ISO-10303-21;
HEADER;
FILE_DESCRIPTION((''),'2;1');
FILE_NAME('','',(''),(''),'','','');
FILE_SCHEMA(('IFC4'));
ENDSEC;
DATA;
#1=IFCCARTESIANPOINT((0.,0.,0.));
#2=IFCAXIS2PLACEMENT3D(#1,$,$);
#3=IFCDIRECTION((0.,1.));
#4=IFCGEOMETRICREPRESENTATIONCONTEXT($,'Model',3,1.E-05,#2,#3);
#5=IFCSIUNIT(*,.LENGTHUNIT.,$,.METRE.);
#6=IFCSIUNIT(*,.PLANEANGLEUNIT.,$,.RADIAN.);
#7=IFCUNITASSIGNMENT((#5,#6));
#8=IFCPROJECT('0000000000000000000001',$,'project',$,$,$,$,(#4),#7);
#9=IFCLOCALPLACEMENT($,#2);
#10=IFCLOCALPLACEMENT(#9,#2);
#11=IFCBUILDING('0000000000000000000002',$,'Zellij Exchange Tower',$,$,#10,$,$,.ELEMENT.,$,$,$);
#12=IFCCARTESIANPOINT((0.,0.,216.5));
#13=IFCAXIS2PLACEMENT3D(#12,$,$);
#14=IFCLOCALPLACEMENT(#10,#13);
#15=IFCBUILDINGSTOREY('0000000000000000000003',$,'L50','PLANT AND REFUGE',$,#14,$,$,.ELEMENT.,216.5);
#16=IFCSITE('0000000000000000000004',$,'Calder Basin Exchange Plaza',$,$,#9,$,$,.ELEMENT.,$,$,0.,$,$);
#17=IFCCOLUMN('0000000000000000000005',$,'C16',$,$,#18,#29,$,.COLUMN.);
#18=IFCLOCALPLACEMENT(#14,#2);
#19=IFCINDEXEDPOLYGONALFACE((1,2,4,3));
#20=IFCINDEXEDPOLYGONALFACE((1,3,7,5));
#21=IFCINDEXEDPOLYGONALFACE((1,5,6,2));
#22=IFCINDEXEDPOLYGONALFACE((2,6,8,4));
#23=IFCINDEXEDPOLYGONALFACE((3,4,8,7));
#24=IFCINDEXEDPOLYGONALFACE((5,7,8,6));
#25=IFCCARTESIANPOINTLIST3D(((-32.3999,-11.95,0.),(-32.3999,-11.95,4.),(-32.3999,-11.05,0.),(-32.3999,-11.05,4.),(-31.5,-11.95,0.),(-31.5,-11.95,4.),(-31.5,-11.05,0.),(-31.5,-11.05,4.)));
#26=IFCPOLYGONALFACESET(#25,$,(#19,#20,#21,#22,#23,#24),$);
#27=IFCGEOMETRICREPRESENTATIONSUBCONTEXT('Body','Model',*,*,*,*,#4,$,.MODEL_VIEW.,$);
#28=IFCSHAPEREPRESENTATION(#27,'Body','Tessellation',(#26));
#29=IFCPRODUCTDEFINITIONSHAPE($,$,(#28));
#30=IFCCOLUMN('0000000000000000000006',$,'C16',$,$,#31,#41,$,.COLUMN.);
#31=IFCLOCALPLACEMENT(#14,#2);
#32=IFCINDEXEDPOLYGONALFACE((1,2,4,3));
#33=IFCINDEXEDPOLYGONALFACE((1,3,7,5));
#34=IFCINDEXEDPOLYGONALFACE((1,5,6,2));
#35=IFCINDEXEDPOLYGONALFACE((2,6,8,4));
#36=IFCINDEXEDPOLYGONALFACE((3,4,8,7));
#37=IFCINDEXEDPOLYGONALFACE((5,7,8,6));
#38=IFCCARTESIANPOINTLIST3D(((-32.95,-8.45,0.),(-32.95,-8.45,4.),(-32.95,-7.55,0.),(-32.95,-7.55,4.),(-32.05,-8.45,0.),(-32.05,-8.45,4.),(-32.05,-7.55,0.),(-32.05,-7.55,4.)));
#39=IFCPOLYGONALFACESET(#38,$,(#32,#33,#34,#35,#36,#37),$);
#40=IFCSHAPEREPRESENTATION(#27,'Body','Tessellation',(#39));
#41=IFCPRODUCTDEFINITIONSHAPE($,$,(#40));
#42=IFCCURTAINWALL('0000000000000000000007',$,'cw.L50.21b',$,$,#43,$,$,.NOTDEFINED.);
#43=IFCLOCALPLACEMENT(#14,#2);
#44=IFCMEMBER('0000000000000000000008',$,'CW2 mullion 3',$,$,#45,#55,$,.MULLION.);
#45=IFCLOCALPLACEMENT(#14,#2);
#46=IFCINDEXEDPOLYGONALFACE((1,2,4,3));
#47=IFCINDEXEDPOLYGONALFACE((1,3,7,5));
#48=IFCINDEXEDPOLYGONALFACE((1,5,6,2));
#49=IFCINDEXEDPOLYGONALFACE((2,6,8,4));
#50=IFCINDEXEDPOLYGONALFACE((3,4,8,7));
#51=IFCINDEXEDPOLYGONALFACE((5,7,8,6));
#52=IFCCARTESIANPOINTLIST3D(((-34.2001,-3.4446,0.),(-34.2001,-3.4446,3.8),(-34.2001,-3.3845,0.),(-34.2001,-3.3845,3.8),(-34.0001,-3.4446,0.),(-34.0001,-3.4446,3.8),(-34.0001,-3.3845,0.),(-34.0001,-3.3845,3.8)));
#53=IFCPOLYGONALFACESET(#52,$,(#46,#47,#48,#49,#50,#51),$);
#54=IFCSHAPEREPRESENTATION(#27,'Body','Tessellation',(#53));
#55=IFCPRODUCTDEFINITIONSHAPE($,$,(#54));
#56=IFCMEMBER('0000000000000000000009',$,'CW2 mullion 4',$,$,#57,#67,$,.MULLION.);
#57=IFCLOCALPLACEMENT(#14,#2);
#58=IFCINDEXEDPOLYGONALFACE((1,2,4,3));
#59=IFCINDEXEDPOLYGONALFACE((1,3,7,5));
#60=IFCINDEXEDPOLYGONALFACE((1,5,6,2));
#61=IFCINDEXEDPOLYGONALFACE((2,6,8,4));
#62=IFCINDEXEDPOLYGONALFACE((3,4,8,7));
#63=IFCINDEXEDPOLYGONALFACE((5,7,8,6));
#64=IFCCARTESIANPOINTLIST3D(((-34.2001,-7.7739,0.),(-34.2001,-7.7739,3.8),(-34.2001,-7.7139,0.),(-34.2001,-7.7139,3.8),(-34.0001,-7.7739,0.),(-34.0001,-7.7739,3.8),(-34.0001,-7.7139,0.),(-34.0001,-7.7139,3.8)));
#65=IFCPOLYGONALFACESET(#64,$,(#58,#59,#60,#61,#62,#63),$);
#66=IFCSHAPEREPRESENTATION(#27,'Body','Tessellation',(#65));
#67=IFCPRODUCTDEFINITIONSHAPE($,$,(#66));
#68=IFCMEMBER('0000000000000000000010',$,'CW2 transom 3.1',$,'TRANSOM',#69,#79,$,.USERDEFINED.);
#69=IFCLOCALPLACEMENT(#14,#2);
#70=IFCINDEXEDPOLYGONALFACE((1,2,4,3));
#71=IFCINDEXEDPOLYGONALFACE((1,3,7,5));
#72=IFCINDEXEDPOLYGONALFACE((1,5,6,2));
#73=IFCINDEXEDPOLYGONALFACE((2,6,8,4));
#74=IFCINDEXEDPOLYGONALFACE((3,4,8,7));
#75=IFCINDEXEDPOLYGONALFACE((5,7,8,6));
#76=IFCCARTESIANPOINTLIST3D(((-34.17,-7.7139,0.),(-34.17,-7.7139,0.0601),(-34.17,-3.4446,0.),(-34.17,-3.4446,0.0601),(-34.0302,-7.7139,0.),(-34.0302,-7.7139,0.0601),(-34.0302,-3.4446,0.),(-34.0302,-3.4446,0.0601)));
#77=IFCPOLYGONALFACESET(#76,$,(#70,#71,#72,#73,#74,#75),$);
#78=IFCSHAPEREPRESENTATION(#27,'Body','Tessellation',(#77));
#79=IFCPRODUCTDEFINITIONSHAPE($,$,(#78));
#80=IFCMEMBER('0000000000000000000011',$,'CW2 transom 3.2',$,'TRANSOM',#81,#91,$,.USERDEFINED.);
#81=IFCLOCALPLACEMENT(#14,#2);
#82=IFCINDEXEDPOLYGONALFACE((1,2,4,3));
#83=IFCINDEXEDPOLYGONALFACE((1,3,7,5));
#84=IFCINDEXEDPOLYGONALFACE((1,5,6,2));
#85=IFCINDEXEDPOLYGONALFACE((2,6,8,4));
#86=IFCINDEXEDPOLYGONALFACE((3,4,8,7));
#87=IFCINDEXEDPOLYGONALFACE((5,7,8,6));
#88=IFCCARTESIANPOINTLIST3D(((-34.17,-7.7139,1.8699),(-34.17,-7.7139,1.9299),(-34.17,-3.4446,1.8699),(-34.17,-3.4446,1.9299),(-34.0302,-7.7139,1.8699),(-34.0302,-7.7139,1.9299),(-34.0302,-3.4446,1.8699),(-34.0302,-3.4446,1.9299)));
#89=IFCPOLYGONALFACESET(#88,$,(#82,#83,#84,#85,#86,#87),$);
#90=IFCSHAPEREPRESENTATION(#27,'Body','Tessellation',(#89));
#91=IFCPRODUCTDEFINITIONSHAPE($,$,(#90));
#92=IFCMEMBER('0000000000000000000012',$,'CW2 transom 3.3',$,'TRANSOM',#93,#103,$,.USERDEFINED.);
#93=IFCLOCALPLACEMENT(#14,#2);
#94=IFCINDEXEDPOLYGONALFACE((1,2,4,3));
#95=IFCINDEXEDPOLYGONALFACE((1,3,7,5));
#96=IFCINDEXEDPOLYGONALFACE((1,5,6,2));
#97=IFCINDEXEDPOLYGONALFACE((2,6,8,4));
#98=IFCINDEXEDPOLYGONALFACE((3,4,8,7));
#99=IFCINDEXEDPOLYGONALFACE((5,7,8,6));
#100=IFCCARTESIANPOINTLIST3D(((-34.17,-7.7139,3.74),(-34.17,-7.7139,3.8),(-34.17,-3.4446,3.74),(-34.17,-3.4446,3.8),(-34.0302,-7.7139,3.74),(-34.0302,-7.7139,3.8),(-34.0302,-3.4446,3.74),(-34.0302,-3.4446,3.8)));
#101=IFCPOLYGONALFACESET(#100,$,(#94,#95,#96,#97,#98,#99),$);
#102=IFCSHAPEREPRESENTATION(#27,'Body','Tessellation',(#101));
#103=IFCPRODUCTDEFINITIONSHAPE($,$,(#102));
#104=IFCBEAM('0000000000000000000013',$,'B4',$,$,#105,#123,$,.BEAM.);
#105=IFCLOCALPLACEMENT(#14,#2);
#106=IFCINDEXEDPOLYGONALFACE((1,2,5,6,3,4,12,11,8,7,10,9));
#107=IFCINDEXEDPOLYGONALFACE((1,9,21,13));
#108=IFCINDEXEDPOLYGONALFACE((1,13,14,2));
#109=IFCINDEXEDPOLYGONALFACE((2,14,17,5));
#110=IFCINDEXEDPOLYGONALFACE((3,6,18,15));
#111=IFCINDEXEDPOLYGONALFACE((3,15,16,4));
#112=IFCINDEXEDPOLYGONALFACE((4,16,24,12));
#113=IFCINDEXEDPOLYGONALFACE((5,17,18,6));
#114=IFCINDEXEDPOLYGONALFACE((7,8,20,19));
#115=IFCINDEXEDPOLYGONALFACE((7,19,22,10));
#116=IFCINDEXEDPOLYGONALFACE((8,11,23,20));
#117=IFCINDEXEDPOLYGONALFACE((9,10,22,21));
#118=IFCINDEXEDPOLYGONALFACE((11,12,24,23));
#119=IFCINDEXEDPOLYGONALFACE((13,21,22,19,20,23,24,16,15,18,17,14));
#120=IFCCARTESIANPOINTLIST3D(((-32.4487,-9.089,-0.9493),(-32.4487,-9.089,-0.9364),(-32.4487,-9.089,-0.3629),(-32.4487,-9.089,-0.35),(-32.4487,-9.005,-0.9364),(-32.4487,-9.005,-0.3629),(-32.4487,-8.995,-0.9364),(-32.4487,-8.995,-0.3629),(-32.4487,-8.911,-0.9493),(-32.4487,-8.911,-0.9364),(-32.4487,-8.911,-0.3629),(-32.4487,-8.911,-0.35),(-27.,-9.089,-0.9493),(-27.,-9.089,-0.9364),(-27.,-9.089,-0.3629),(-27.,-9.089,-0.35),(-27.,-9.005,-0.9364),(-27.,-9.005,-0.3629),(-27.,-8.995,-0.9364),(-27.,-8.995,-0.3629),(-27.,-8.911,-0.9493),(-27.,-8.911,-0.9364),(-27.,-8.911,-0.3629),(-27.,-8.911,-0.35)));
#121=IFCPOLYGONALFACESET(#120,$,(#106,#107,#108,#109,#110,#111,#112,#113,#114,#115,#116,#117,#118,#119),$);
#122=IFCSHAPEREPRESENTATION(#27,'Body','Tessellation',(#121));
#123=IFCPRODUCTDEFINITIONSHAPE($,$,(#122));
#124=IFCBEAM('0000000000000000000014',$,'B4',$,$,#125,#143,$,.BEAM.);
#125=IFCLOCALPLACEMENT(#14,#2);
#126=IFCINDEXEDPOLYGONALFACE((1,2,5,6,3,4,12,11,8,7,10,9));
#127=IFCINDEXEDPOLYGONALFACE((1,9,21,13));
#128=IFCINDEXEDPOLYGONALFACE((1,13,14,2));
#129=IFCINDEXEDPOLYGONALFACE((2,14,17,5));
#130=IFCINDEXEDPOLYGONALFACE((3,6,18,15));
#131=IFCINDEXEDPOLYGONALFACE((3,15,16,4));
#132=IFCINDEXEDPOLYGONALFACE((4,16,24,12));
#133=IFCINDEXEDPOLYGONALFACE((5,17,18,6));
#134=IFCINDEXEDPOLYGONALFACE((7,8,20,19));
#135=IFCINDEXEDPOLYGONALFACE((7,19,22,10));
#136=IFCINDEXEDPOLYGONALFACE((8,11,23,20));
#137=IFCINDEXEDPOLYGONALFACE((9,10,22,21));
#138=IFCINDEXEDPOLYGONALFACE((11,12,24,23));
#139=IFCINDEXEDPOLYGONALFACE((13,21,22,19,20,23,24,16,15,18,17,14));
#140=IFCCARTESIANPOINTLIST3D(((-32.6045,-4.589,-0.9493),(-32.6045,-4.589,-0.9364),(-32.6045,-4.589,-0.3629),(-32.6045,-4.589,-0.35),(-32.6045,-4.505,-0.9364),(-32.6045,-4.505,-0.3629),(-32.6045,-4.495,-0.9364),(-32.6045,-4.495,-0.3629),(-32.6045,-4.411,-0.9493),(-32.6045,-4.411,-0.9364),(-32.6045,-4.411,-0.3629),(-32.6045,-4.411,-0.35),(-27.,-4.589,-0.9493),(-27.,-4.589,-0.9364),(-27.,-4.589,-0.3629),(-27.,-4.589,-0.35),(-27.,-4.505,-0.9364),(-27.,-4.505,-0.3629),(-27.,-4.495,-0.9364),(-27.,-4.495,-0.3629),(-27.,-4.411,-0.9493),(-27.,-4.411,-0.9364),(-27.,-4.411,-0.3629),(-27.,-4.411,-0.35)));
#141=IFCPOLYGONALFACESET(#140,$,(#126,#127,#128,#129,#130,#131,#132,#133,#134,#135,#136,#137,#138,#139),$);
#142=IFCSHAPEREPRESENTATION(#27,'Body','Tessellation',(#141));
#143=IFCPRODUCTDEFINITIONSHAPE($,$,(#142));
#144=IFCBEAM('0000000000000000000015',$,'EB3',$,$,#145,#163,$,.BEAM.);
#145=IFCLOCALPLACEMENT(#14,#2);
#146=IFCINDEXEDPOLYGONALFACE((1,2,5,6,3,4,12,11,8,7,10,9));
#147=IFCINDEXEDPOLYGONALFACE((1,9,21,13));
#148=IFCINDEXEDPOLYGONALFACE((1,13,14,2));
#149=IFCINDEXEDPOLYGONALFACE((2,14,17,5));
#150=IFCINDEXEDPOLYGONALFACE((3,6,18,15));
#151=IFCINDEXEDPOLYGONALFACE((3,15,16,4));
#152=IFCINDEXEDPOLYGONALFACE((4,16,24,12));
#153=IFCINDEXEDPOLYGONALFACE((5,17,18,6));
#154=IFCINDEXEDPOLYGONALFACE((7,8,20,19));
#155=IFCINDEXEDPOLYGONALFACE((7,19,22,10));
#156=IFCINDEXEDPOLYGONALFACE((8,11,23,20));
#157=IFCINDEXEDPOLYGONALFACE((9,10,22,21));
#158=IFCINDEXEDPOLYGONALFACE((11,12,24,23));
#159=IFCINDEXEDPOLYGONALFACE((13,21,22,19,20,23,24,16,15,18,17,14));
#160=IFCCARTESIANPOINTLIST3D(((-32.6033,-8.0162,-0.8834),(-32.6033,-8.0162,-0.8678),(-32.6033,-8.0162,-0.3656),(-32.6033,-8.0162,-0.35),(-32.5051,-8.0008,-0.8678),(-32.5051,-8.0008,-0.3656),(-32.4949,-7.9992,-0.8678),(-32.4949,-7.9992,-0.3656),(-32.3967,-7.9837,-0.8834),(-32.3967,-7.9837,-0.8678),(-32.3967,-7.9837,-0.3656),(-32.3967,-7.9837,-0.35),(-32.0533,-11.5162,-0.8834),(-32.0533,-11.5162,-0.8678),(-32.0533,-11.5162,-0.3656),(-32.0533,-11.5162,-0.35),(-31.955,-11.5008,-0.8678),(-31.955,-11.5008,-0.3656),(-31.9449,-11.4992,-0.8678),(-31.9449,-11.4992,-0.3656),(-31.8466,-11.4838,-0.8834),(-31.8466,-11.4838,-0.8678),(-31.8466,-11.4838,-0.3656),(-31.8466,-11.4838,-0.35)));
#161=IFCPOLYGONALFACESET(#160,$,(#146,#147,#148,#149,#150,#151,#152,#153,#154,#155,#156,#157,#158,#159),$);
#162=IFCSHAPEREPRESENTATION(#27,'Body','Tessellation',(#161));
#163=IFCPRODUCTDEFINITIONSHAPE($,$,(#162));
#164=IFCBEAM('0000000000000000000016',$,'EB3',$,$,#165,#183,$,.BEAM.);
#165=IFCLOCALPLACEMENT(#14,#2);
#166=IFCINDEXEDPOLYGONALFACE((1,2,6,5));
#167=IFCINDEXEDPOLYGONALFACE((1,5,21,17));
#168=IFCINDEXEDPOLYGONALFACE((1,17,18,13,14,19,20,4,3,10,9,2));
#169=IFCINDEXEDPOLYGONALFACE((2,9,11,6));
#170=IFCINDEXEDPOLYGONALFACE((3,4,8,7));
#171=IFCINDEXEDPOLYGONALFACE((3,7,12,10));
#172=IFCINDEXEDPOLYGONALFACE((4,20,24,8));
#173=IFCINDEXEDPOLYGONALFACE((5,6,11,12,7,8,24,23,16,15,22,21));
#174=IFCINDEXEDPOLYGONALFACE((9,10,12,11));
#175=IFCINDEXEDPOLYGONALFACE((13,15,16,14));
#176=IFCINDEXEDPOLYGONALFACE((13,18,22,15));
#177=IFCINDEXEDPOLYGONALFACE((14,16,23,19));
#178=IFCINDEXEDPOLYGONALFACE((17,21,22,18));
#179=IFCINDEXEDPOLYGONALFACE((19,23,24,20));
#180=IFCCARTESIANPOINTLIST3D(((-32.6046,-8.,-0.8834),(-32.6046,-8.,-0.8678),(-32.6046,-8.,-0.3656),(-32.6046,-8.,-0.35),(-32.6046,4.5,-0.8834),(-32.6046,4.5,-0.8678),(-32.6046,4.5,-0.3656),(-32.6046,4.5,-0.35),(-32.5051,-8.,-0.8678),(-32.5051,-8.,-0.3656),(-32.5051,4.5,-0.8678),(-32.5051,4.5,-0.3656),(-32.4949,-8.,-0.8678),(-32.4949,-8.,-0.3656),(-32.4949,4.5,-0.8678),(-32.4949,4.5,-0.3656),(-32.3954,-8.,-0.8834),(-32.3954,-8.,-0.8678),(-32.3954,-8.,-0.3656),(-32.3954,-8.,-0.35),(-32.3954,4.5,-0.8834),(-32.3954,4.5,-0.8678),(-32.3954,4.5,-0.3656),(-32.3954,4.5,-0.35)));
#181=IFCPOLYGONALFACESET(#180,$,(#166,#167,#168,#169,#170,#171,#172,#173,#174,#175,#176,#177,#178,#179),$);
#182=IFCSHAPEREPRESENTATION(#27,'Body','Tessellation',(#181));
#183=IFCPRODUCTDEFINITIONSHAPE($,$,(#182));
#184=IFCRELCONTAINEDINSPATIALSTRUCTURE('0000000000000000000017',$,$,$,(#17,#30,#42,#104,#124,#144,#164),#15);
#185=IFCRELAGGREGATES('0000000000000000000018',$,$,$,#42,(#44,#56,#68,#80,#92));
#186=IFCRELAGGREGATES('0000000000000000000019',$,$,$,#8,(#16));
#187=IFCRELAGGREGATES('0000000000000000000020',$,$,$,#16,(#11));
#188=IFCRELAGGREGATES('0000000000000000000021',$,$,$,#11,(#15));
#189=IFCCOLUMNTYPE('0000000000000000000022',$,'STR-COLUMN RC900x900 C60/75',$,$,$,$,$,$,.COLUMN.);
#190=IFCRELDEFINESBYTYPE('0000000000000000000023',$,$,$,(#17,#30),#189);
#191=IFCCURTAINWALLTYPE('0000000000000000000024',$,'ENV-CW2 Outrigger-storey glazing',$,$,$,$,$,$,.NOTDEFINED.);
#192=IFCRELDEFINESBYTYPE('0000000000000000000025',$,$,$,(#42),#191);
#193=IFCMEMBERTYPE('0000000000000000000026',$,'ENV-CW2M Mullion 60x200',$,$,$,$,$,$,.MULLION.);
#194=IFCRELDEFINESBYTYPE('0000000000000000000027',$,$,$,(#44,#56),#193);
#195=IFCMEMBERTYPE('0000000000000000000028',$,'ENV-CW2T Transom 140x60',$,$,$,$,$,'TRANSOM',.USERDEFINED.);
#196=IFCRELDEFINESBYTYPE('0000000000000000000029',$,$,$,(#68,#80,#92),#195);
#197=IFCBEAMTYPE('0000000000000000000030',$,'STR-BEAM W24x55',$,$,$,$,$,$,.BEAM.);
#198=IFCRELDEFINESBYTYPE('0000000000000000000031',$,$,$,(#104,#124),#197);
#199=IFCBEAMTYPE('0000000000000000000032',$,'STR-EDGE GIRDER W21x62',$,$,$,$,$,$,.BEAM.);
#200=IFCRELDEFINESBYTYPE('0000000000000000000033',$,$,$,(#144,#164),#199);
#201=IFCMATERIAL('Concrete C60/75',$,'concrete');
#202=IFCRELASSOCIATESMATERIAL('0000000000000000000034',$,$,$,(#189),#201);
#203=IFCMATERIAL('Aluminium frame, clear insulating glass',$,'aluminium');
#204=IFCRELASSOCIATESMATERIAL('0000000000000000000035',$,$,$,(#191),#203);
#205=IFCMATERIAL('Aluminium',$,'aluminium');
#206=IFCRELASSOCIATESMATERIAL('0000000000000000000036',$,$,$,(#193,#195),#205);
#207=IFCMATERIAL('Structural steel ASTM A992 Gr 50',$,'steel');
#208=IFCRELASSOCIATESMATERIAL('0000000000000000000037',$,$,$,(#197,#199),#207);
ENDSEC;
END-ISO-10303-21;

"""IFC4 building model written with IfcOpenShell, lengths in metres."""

from ifc_helpers import new_model, si_unit, direction, frame, origin, origin_2d, place, context, subcontext, project, spatial, rectangle, i_section, extrude, material, material_profile, profile_set, type_object, element, aggregate, save


model = new_model("IFC4")

# Units and contexts
model_context = context("Model", 3, precision=1e-05, world=origin(), true_north=direction((0.0, 1.0)))
body_context = subcontext(model_context, "Body", "Model", "MODEL_VIEW")
ifc_project = project(units=[si_unit("LENGTHUNIT", "METRE"), si_unit("PLANEANGLEUNIT", "RADIAN")], contexts=[model_context])

# Site, building, storey
site_placement = place(None, origin())
site = spatial("IfcSite", under=ifc_project, at=site_placement, Name="Calder Basin Exchange Plaza", CompositionType="ELEMENT", RefElevation=0.0)
building_placement = place(site_placement, origin())
building = spatial("IfcBuilding", under=site, at=building_placement, Name="Zellij Exchange Tower", CompositionType="ELEMENT")
storey_placement = place(building_placement, frame((0.0, 0.0, 216.5)))
storey = spatial("IfcBuildingStorey", under=building, at=storey_placement, Name="L50", Description="PLANT AND REFUGE", CompositionType="ELEMENT", Elevation=216.5)

# Columns
ifc_material_1 = material(Name="Concrete C60/75", Category="concrete")
ifc_material_profile_1 = material_profile(ifc_material_1, rectangle(XDim=0.8999, YDim=0.8999, at=origin_2d()), Name="STR-COLUMN RC900x900 C60/75")
ifc_profile_set_1 = profile_set([ifc_material_profile_1], Name="Concrete C60/75")
column_type = type_object("IfcColumnType", Name="STR-COLUMN RC900x900 C60/75", PredefinedType="COLUMN", material=ifc_profile_set_1)
for number, where, z_axis, x_axis, name in (
    (1, (-31.95, -11.5, 0.0), (0.0, 0.0, 1.0), (1.0, 0.0, 0.0), "C16"),
    (2, (-32.5, -8.0, 0.0), (0.0, 0.0, 1.0), (1.0, 0.0, 0.0), "C16"),
):
    element("IfcColumn", number, at=place(storey_placement, frame(where, z_axis=z_axis, x_axis=x_axis)), inside=storey, type_object=column_type, Name=name, PredefinedType="COLUMN", context=body_context, shape_type="SweptSolid", body=[
        extrude(rectangle(XDim=0.8999, YDim=0.8999, at=origin_2d()), origin(), (0.0, 0.0, 1.0), 4.0),
    ])

# Curtain wall, members
ifc_material_2 = material(Name="Aluminium frame, clear insulating glass", Category="aluminium")
curtain_wall_type = type_object("IfcCurtainWallType", Name="ENV-CW2 Outrigger-storey glazing", PredefinedType="NOTDEFINED", material=ifc_material_2)
curtain_wall_placement = place(storey_placement, origin())
curtain_wall = element("IfcCurtainWall", 3, at=curtain_wall_placement, inside=storey, type_object=curtain_wall_type, Name="cw.L50.21b", PredefinedType="NOTDEFINED")
ifc_material_3 = material(Name="Aluminium", Category="aluminium")
ifc_material_profile_2 = material_profile(ifc_material_3, rectangle(XDim=0.0601, YDim=0.2, at=origin_2d()), Name="AL 60x200")
ifc_profile_set_2 = profile_set([ifc_material_profile_2], Name="Aluminium")
member_type_1 = type_object("IfcMemberType", Name="ENV-CW2M Mullion 60x200", PredefinedType="MULLION", material=ifc_profile_set_2)
member_1_placement = place(storey_placement, frame((-34.1001, -3.4146, 0.0), z_axis=(0.0, 0.0, 1.0), x_axis=(0.0, -1.0, 0.0)))
member_1 = element("IfcMember", 4, at=member_1_placement, type_object=member_type_1, Name="CW2 mullion 3", PredefinedType="MULLION", context=body_context, shape_type="SweptSolid", body=[
    extrude(rectangle(XDim=0.0601, YDim=0.2, at=origin_2d()), origin(), (0.0, 0.0, 1.0), 3.8),
])
member_2_placement = place(storey_placement, frame((-34.1001, -7.7439, 0.0), z_axis=(0.0, 0.0, 1.0), x_axis=(0.0, -1.0, 0.0)))
member_2 = element("IfcMember", 5, at=member_2_placement, type_object=member_type_1, Name="CW2 mullion 4", PredefinedType="MULLION", context=body_context, shape_type="SweptSolid", body=[
    extrude(rectangle(XDim=0.0601, YDim=0.2, at=origin_2d()), origin(), (0.0, 0.0, 1.0), 3.8),
])
ifc_material_profile_3 = material_profile(ifc_material_3, rectangle(XDim=0.1399, YDim=0.0601, at=origin_2d()), Name="AL 140x60")
ifc_profile_set_3 = profile_set([ifc_material_profile_3], Name="Aluminium")
member_type_2 = type_object("IfcMemberType", Name="ENV-CW2T Transom 140x60", ElementType="TRANSOM", PredefinedType="USERDEFINED", material=ifc_profile_set_3)
member_3_placement = place(storey_placement, frame((-34.1001, -3.4446, 0.03), z_axis=(0.0, -1.0, 0.0), x_axis=(1.0, 0.0, 0.0)))
member_3 = element("IfcMember", 6, at=member_3_placement, type_object=member_type_2, Name="CW2 transom 3.1", ObjectType="TRANSOM", PredefinedType="USERDEFINED", context=body_context, shape_type="SweptSolid", body=[
    extrude(rectangle(XDim=0.1399, YDim=0.0601, at=origin_2d()), origin(), (0.0, 0.0, 1.0), 4.2693),
])
member_4_placement = place(storey_placement, frame((-34.1001, -3.4446, 1.8999), z_axis=(0.0, -1.0, 0.0), x_axis=(1.0, 0.0, 0.0)))
member_4 = element("IfcMember", 7, at=member_4_placement, type_object=member_type_2, Name="CW2 transom 3.2", ObjectType="TRANSOM", PredefinedType="USERDEFINED", context=body_context, shape_type="SweptSolid", body=[
    extrude(rectangle(XDim=0.1399, YDim=0.0601, at=origin_2d()), origin(), (0.0, 0.0, 1.0), 4.2693),
])
member_5_placement = place(storey_placement, frame((-34.1001, -3.4446, 3.77), z_axis=(0.0, -1.0, 0.0), x_axis=(1.0, 0.0, 0.0)))
member_5 = element("IfcMember", 8, at=member_5_placement, type_object=member_type_2, Name="CW2 transom 3.3", ObjectType="TRANSOM", PredefinedType="USERDEFINED", context=body_context, shape_type="SweptSolid", body=[
    extrude(rectangle(XDim=0.1399, YDim=0.0601, at=origin_2d()), origin(), (0.0, 0.0, 1.0), 4.2693),
])

# Beams
ifc_material_4 = material(Name="Structural steel ASTM A992 Gr 50", Category="steel")
ifc_material_profile_4 = material_profile(ifc_material_4, i_section(OverallWidth=0.178, OverallDepth=0.5994, WebThickness=0.01, FlangeThickness=0.0129, at=origin_2d()), Name="W24x55")
ifc_profile_set_4 = profile_set([ifc_material_profile_4], Name="Structural steel ASTM A992 Gr 50")
beam_type_1 = type_object("IfcBeamType", Name="STR-BEAM W24x55", PredefinedType="BEAM", material=ifc_profile_set_4)
beam_1_placement = place(storey_placement, frame((-32.4487, -9.0, -0.6497), z_axis=(1.0, 0.0, 0.0), x_axis=(0.0, 1.0, 0.0)))
element("IfcBeam", 9, at=beam_1_placement, inside=storey, type_object=beam_type_1, Name="B4", PredefinedType="BEAM", context=body_context, shape_type="SweptSolid", body=[
    extrude(i_section(OverallWidth=0.178, OverallDepth=0.5994, WebThickness=0.01, FlangeThickness=0.0129, at=origin_2d()), origin(), (0.0, 0.0, 1.0), 5.4487),
])
beam_2_placement = place(storey_placement, frame((-32.6045, -4.5, -0.6497), z_axis=(1.0, 0.0, 0.0), x_axis=(0.0, 1.0, 0.0)))
element("IfcBeam", 10, at=beam_2_placement, inside=storey, type_object=beam_type_1, Name="B4", PredefinedType="BEAM", context=body_context, shape_type="SweptSolid", body=[
    extrude(i_section(OverallWidth=0.178, OverallDepth=0.5994, WebThickness=0.01, FlangeThickness=0.0129, at=origin_2d()), origin(), (0.0, 0.0, 1.0), 5.6045),
])
ifc_material_profile_5 = material_profile(ifc_material_4, i_section(OverallWidth=0.2092, OverallDepth=0.5334, WebThickness=0.0103, FlangeThickness=0.0156, at=origin_2d()), Name="W21x62")
ifc_profile_set_5 = profile_set([ifc_material_profile_5], Name="Structural steel ASTM A992 Gr 50")
beam_type_2 = type_object("IfcBeamType", Name="STR-EDGE GIRDER W21x62", PredefinedType="BEAM", material=ifc_profile_set_5)
beam_3_placement = place(storey_placement, frame((-31.95, -11.5, -0.6167), z_axis=(-0.155251, 0.987875, 0.0), x_axis=(-0.987875, -0.155251, 0.0)))
element("IfcBeam", 11, at=beam_3_placement, inside=storey, type_object=beam_type_2, Name="EB3", PredefinedType="BEAM", context=body_context, shape_type="SweptSolid", body=[
    extrude(i_section(OverallWidth=0.2092, OverallDepth=0.5334, WebThickness=0.0103, FlangeThickness=0.0156, at=origin_2d()), origin(), (0.0, 0.0, 1.0), 3.543),
])
beam_4_placement = place(storey_placement, frame((-32.5, -8.0, -0.6167), z_axis=(0.0, 1.0, 0.0), x_axis=(-1.0, 0.0, 0.0)))
element("IfcBeam", 12, at=beam_4_placement, inside=storey, type_object=beam_type_2, Name="EB3", PredefinedType="BEAM", context=body_context, shape_type="SweptSolid", body=[
    extrude(i_section(OverallWidth=0.2092, OverallDepth=0.5334, WebThickness=0.0103, FlangeThickness=0.0156, at=origin_2d()), origin(), (0.0, 0.0, 1.0), 12.5),
])

aggregate(curtain_wall, [member_1, member_2, member_3, member_4, member_5])

save(model, "model.ifc")
